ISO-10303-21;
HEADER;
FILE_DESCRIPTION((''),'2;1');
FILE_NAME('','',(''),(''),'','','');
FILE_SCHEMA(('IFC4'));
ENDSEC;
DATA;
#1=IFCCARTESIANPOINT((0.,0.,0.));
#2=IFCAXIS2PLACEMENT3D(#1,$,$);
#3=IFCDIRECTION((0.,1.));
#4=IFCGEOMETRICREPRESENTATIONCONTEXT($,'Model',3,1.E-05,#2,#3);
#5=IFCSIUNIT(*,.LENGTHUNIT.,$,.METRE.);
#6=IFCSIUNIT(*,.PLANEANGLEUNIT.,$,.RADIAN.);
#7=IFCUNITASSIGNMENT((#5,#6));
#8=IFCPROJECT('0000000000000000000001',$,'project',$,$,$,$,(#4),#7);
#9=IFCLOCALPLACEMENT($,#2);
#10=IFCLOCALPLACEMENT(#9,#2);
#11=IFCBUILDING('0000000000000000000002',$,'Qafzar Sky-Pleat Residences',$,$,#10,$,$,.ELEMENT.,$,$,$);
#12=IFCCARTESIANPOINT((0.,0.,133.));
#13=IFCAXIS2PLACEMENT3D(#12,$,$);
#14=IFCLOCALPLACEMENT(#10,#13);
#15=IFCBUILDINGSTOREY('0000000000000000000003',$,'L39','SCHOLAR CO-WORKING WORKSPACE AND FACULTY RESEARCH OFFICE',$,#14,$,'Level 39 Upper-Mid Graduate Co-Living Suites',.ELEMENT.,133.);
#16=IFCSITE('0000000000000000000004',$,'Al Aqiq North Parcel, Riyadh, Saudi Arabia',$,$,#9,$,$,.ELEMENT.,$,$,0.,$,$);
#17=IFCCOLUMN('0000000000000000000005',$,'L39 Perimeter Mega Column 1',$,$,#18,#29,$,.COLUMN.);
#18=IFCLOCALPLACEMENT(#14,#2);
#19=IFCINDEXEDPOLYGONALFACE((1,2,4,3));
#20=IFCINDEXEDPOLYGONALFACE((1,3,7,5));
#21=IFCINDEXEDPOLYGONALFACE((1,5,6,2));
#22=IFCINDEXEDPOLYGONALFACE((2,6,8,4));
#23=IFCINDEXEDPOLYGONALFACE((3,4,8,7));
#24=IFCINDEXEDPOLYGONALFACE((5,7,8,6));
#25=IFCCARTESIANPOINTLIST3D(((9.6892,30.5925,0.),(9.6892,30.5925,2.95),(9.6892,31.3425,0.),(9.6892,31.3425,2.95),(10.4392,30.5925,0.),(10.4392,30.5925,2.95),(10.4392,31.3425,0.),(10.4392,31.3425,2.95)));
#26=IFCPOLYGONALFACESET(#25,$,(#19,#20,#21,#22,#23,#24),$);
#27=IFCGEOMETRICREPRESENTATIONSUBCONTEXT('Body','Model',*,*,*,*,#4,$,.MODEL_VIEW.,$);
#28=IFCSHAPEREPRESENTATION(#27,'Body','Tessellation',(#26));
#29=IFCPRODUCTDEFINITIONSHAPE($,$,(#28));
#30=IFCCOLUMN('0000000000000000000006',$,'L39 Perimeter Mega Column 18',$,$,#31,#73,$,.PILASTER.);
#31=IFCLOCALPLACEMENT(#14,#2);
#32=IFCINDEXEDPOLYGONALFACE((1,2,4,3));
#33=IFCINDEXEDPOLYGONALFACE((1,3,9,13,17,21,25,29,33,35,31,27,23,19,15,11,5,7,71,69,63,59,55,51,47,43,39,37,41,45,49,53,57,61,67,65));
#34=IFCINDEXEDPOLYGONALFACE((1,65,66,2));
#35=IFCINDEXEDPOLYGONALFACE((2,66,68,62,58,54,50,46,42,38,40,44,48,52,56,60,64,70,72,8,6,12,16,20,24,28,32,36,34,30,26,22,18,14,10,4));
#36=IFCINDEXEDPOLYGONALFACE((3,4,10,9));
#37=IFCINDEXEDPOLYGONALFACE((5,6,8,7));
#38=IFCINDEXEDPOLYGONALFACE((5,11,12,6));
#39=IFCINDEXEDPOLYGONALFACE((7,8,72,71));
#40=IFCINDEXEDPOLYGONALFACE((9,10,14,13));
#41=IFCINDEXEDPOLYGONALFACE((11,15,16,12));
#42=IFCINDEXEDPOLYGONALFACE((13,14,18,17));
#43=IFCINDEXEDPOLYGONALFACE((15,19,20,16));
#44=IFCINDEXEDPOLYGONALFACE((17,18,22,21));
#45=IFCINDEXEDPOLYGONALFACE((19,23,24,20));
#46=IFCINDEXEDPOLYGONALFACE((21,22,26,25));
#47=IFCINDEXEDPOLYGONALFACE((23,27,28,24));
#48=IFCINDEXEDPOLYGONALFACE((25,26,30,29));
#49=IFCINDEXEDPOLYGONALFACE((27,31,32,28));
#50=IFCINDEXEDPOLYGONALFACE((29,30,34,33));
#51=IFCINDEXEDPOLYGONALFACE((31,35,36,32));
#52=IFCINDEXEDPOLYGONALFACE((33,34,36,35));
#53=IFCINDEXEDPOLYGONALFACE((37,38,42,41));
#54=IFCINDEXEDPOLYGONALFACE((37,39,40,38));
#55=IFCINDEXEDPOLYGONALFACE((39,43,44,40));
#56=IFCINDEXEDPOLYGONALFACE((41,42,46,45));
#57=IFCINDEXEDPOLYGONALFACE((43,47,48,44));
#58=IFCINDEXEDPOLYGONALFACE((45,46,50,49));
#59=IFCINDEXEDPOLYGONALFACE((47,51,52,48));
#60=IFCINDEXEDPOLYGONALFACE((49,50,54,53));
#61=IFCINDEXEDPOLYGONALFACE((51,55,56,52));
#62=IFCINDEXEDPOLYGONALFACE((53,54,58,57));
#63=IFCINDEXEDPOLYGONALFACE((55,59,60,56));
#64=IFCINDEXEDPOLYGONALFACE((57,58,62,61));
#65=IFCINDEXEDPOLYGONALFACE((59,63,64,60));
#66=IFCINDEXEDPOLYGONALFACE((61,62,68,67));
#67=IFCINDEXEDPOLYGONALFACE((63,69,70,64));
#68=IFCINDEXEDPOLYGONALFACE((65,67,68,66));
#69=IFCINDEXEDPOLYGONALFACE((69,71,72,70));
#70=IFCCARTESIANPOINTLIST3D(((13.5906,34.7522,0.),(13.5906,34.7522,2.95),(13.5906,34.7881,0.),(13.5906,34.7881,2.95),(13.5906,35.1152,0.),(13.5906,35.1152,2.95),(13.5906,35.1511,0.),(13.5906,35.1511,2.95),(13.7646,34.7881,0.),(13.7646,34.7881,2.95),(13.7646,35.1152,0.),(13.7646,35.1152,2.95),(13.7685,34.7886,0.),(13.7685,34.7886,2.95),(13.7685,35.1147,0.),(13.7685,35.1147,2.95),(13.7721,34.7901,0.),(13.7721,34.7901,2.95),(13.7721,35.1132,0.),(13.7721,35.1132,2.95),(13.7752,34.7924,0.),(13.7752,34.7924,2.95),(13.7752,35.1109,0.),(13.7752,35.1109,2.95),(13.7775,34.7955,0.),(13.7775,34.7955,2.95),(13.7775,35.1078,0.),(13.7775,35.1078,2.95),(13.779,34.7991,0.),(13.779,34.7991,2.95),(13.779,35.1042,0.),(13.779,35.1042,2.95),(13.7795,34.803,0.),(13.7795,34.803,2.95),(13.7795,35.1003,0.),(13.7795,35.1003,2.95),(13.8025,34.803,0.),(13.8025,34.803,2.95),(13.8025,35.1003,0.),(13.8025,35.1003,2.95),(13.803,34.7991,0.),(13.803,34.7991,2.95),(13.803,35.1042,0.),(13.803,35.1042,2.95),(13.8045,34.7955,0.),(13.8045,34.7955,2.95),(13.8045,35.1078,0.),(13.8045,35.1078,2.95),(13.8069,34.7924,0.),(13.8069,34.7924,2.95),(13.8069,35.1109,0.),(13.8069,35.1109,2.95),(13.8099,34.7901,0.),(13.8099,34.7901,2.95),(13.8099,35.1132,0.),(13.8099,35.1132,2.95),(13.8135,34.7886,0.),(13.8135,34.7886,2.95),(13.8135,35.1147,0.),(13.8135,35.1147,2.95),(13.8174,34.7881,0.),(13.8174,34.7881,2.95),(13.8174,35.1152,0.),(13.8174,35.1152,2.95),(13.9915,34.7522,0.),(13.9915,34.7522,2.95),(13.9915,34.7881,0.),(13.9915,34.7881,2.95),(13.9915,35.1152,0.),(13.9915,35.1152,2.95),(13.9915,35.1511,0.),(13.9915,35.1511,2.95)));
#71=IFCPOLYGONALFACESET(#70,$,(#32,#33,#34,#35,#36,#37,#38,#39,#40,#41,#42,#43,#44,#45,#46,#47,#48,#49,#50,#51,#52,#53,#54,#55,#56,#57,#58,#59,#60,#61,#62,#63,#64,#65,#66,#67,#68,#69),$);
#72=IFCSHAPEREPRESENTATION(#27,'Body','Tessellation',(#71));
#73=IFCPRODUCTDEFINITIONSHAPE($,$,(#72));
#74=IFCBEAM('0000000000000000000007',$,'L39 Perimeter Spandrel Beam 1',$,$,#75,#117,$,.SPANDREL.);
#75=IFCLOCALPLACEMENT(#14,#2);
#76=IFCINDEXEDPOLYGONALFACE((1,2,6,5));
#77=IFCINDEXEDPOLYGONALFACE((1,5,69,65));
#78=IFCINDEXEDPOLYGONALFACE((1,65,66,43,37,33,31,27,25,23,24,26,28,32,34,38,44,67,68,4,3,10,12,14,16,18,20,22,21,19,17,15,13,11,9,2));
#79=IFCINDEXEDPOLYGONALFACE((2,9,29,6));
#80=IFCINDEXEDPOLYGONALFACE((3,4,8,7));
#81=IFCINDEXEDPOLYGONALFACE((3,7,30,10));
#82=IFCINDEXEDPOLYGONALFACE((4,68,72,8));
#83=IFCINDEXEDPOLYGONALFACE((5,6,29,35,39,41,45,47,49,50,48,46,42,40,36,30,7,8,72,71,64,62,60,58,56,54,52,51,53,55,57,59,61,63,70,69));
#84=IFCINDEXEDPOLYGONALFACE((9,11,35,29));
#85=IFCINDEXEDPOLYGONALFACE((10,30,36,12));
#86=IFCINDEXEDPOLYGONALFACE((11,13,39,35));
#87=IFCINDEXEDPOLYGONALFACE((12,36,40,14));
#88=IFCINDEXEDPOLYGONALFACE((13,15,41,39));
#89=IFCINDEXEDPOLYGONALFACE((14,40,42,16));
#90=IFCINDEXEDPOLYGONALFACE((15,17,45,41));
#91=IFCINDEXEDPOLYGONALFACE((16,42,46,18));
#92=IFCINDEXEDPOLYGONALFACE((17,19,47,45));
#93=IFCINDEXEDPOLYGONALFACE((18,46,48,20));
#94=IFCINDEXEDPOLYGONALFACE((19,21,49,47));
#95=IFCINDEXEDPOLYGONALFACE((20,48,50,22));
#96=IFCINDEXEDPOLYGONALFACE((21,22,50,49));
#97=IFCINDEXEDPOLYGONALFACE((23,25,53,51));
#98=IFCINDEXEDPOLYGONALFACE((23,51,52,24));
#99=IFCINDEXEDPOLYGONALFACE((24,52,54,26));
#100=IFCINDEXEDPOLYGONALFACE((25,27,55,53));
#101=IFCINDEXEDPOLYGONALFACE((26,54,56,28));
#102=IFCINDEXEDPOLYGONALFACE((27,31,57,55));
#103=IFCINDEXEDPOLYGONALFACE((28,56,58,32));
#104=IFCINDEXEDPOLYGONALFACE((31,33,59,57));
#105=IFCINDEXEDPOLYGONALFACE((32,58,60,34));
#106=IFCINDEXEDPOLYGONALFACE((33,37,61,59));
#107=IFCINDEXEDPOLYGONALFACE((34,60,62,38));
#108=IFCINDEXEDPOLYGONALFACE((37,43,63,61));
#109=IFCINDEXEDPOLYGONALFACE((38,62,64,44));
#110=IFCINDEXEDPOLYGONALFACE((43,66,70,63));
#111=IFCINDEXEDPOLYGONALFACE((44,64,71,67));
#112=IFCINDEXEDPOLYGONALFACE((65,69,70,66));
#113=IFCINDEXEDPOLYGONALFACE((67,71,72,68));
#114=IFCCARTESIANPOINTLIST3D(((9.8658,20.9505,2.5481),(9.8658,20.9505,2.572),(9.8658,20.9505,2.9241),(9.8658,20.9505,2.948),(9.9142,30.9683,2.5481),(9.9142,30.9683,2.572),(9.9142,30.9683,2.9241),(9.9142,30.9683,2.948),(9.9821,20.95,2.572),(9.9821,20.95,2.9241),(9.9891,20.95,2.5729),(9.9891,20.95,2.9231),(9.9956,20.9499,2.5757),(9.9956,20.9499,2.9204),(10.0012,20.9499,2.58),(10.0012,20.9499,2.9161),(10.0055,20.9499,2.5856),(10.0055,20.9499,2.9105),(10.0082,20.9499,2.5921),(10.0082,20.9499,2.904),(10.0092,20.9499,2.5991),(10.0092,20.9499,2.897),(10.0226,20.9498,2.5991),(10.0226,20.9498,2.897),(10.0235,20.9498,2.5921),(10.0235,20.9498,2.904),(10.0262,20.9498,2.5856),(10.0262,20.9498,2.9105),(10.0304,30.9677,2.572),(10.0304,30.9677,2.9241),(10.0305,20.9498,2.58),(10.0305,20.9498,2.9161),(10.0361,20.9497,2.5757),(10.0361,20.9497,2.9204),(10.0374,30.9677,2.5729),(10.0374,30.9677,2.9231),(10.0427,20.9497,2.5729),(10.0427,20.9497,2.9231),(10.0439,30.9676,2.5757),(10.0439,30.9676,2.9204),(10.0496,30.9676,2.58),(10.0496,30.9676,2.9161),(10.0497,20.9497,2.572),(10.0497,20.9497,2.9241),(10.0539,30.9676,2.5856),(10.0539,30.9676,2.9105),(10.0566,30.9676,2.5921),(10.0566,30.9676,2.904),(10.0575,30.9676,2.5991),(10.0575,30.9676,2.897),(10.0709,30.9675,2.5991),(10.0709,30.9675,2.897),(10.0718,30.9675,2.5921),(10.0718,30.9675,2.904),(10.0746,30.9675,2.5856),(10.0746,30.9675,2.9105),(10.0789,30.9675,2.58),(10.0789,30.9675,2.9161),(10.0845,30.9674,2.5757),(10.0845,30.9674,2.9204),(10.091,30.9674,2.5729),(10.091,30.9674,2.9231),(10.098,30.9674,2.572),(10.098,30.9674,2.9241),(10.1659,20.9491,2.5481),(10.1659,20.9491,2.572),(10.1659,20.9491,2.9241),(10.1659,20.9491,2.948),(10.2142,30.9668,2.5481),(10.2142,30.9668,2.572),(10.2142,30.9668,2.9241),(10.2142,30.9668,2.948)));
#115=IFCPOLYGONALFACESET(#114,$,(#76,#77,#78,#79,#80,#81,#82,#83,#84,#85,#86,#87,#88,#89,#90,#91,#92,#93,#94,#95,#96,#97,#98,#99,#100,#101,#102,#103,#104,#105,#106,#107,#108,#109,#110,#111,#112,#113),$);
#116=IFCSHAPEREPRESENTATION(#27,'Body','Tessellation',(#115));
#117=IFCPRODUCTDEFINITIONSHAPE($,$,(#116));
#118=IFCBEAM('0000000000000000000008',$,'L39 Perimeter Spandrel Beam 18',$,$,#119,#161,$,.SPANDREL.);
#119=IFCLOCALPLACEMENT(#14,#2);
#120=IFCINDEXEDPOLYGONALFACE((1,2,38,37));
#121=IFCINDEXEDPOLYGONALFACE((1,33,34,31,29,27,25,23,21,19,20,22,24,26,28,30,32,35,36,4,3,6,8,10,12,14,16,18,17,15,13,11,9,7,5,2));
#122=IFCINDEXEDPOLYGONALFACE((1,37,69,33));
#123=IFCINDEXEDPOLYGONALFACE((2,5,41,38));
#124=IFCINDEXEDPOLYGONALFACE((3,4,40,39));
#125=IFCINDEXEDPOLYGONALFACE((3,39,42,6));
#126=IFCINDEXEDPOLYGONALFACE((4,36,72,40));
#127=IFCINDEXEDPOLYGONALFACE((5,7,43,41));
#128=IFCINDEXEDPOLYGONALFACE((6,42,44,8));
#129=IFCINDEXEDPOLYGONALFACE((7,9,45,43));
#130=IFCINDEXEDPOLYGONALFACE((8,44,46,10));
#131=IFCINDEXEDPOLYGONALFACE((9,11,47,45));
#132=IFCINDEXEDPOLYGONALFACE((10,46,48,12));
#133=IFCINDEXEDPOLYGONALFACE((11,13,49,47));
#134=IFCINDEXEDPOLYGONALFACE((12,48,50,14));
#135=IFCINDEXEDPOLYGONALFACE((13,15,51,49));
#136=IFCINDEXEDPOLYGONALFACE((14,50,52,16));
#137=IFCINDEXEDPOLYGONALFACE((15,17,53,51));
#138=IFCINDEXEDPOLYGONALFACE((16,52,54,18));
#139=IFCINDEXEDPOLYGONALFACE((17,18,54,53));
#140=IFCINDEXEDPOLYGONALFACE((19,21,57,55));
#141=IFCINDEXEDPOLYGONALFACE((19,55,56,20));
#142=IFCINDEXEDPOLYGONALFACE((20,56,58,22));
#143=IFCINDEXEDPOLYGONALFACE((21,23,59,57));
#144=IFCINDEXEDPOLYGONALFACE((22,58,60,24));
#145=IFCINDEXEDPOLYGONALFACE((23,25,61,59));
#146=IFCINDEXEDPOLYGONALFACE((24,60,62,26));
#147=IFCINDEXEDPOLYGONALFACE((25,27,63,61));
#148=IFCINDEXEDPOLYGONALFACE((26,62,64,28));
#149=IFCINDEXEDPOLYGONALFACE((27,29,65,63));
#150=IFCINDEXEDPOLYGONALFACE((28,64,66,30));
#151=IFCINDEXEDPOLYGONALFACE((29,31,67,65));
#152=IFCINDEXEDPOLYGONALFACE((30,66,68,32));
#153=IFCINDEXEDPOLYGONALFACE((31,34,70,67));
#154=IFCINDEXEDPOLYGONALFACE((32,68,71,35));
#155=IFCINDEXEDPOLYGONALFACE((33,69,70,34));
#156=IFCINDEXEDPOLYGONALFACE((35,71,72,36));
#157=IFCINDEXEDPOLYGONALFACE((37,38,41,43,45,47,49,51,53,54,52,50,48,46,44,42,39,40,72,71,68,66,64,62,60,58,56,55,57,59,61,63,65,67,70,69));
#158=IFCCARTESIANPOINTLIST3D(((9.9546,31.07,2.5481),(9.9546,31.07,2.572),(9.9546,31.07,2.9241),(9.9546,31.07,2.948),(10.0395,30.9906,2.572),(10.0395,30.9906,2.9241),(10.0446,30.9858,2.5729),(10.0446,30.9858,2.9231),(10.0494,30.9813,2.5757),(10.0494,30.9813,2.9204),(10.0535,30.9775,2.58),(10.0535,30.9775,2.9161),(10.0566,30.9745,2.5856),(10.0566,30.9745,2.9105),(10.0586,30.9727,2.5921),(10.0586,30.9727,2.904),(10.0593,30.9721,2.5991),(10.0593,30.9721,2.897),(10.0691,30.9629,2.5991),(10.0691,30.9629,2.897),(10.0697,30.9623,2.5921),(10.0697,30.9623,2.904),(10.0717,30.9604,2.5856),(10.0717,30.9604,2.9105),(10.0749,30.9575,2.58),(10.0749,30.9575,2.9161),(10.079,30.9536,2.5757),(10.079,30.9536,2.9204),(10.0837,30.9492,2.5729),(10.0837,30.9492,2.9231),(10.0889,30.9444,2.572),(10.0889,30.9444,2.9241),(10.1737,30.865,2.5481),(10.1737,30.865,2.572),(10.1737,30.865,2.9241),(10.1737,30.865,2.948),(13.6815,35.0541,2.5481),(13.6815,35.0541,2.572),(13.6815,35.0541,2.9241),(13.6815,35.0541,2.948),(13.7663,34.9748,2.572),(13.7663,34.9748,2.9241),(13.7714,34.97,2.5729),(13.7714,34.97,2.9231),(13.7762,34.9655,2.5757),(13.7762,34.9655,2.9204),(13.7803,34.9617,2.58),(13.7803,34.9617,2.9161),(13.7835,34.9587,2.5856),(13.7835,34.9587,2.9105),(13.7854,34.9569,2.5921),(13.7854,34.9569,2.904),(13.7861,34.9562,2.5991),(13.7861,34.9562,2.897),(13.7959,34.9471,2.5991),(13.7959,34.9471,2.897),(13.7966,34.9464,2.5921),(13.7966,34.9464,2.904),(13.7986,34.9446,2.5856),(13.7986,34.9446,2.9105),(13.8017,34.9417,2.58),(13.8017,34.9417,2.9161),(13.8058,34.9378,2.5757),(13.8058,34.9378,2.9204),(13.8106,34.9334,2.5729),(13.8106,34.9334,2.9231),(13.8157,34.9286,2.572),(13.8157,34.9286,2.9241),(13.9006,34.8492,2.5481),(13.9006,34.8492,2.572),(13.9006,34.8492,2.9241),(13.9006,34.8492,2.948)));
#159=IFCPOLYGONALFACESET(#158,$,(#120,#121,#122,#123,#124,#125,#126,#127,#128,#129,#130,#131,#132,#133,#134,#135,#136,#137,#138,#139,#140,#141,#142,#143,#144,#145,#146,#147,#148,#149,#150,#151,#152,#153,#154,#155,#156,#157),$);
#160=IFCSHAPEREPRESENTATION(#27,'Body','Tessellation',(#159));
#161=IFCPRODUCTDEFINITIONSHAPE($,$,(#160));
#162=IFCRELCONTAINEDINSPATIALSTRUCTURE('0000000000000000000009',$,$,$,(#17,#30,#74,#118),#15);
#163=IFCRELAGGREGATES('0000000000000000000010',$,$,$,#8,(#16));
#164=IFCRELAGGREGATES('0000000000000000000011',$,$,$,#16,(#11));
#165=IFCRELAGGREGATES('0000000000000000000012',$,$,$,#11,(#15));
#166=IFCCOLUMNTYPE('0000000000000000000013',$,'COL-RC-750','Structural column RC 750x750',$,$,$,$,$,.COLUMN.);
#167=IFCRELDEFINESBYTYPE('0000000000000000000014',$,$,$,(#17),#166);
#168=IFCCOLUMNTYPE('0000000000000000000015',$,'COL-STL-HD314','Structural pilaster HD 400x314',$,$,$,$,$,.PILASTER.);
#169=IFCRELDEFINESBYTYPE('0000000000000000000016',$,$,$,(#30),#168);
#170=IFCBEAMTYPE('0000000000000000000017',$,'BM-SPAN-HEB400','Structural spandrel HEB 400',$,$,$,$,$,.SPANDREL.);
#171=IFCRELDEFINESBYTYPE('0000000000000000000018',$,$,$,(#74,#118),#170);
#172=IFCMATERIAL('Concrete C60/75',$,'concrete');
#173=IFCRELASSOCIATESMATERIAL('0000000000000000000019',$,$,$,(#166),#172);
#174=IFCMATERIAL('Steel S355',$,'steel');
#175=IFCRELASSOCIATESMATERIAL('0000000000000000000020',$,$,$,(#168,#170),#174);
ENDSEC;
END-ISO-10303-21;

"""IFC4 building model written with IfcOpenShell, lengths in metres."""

from ifc_helpers import new_model, si_unit, direction, frame, origin, origin_2d, place, context, subcontext, project, spatial, rectangle, i_section, extrude, source, transform, mapped, material, material_profile, profile_set, type_object, element, save


model = new_model("IFC4")

# Units and contexts
model_context = context("Model", 3, precision=1e-05, world=origin(), true_north=direction((0.0, 1.0)))
body_context = subcontext(model_context, "Body", "Model", "MODEL_VIEW")
ifc_project = project(units=[si_unit("LENGTHUNIT", "METRE"), si_unit("PLANEANGLEUNIT", "RADIAN")], contexts=[model_context])

# Site, building, storey
site_placement = place(None, origin())
site = spatial("IfcSite", under=ifc_project, at=site_placement, Name="Al Aqiq North Parcel, Riyadh, Saudi Arabia", CompositionType="ELEMENT", RefElevation=0.0)
building_placement = place(site_placement, origin())
building = spatial("IfcBuilding", under=site, at=building_placement, Name="Qafzar Sky-Pleat Residences", CompositionType="ELEMENT")
storey_placement = place(building_placement, frame((0.0, 0.0, 133.0)))
storey = spatial("IfcBuildingStorey", under=building, at=storey_placement, Name="L39", Description="SCHOLAR CO-WORKING WORKSPACE AND FACULTY RESEARCH OFFICE", LongName="Level 39 Upper-Mid Graduate Co-Living Suites", CompositionType="ELEMENT", Elevation=133.0)

# Columns
ifc_material_1 = material(Name="Concrete C60/75", Category="concrete")
ifc_material_profile_1 = material_profile(ifc_material_1, rectangle(XDim=0.75, YDim=0.75, at=origin_2d()), Name="RC 750x750")
ifc_profile_set_1 = profile_set([ifc_material_profile_1], Name="Concrete C60/75")
column_type_1 = type_object("IfcColumnType", Name="COL-RC-750", Description="Structural column RC 750x750", PredefinedType="COLUMN", material=ifc_profile_set_1)
shared_shape_1 = source(origin(), body_context, "Body", "SweptSolid", [
    extrude(rectangle(XDim=0.75, YDim=0.75, at=origin_2d()), origin(), (0.0, 0.0, 1.0), 2.95),
])
column_1_placement = place(storey_placement, frame((10.0642, 30.9675, 0.0), z_axis=(0.0, 0.0, 1.0), x_axis=(1.0, 0.0, 0.0)))
element("IfcColumn", 1, at=column_1_placement, inside=storey, type_object=column_type_1, Name="L39 Perimeter Mega Column 1", PredefinedType="COLUMN", context=body_context, shape_type="MappedRepresentation", body=[
    mapped(shared_shape_1, transform((0.0, 0.0, 0.0), x_axis=(1.0, 0.0, 0.0), y_axis=(0.0, 1.0, 0.0), z_axis=(0.0, 0.0, 1.0), scale=1.0)),
])
ifc_material_2 = material(Name="Steel S355", Category="steel")
ifc_material_profile_2 = material_profile(ifc_material_2, i_section(OverallWidth=0.4009, OverallDepth=0.3989, WebThickness=0.0229, FlangeThickness=0.0359, FilletRadius=0.0149, at=origin_2d()), Name="HD 400x314")
ifc_profile_set_2 = profile_set([ifc_material_profile_2], Name="Steel S355")
column_type_2 = type_object("IfcColumnType", Name="COL-STL-HD314", Description="Structural pilaster HD 400x314", PredefinedType="PILASTER", material=ifc_profile_set_2)
shared_shape_2 = source(origin(), body_context, "Body", "SweptSolid", [
    extrude(i_section(OverallWidth=0.4009, OverallDepth=0.3989, WebThickness=0.0229, FlangeThickness=0.0359, FilletRadius=0.0149, at=origin_2d()), origin(), (0.0, 0.0, 1.0), 2.95),
])
column_2_placement = place(storey_placement, frame((13.791, 34.9517, 0.0), z_axis=(0.0, 0.0, 1.0), x_axis=(1.0, 0.0, 0.0)))
element("IfcColumn", 2, at=column_2_placement, inside=storey, type_object=column_type_2, Name="L39 Perimeter Mega Column 18", PredefinedType="PILASTER", context=body_context, shape_type="MappedRepresentation", body=[
    mapped(shared_shape_2, transform((0.0, 0.0, 0.0), x_axis=(1.0, 0.0, 0.0), y_axis=(0.0, 1.0, 0.0), z_axis=(0.0, 0.0, 1.0), scale=1.0)),
])

# Beams
ifc_material_profile_3 = material_profile(ifc_material_2, i_section(OverallWidth=0.3, OverallDepth=0.3999, WebThickness=0.0134, FlangeThickness=0.0239, FilletRadius=0.0271, at=origin_2d()), Name="HEB 400")
ifc_profile_set_3 = profile_set([ifc_material_profile_3], Name="Steel S355")
beam_type_1 = type_object("IfcBeamType", Name="BM-SPAN-HEB400", Description="Structural spandrel HEB 400", PredefinedType="SPANDREL", material=ifc_profile_set_3)
shared_shape_3 = source(origin(), body_context, "Body", "SweptSolid", [
    extrude(i_section(OverallWidth=0.3, OverallDepth=0.3999, WebThickness=0.0134, FlangeThickness=0.0239, FilletRadius=0.0271, at=origin_2d()), origin(), (0.0, 0.0, 1.0), 10.0178),
])
beam_1_placement = place(storey_placement, frame((10.0642, 30.9675, 2.748), z_axis=(-0.004825, -0.999988, 0.0), x_axis=(0.999988, -0.004825, 0.0)))
element("IfcBeam", 3, at=beam_1_placement, inside=storey, type_object=beam_type_1, Name="L39 Perimeter Spandrel Beam 1", PredefinedType="SPANDREL", context=body_context, shape_type="MappedRepresentation", body=[
    mapped(shared_shape_3, transform((0.0, 0.0, 0.0), x_axis=(1.0, 0.0, 0.0), y_axis=(0.0, 1.0, 0.0), z_axis=(0.0, 0.0, 1.0), scale=1.0)),
])
shared_shape_4 = source(origin(), body_context, "Body", "SweptSolid", [
    extrude(i_section(OverallWidth=0.3, OverallDepth=0.3999, WebThickness=0.0134, FlangeThickness=0.0239, FilletRadius=0.0271, at=origin_2d()), origin(), (0.0, 0.0, 1.0), 5.4556),
])
beam_2_placement = place(storey_placement, frame((13.791, 34.9517, 2.748), z_axis=(-0.683129, -0.730297, 0.0), x_axis=(0.730297, -0.683129, 0.0)))
element("IfcBeam", 4, at=beam_2_placement, inside=storey, type_object=beam_type_1, Name="L39 Perimeter Spandrel Beam 18", PredefinedType="SPANDREL", context=body_context, shape_type="MappedRepresentation", body=[
    mapped(shared_shape_4, transform((0.0, 0.0, 0.0), x_axis=(1.0, 0.0, 0.0), y_axis=(0.0, 1.0, 0.0), z_axis=(0.0, 0.0, 1.0), scale=1.0)),
])

save(model, "model.ifc")
